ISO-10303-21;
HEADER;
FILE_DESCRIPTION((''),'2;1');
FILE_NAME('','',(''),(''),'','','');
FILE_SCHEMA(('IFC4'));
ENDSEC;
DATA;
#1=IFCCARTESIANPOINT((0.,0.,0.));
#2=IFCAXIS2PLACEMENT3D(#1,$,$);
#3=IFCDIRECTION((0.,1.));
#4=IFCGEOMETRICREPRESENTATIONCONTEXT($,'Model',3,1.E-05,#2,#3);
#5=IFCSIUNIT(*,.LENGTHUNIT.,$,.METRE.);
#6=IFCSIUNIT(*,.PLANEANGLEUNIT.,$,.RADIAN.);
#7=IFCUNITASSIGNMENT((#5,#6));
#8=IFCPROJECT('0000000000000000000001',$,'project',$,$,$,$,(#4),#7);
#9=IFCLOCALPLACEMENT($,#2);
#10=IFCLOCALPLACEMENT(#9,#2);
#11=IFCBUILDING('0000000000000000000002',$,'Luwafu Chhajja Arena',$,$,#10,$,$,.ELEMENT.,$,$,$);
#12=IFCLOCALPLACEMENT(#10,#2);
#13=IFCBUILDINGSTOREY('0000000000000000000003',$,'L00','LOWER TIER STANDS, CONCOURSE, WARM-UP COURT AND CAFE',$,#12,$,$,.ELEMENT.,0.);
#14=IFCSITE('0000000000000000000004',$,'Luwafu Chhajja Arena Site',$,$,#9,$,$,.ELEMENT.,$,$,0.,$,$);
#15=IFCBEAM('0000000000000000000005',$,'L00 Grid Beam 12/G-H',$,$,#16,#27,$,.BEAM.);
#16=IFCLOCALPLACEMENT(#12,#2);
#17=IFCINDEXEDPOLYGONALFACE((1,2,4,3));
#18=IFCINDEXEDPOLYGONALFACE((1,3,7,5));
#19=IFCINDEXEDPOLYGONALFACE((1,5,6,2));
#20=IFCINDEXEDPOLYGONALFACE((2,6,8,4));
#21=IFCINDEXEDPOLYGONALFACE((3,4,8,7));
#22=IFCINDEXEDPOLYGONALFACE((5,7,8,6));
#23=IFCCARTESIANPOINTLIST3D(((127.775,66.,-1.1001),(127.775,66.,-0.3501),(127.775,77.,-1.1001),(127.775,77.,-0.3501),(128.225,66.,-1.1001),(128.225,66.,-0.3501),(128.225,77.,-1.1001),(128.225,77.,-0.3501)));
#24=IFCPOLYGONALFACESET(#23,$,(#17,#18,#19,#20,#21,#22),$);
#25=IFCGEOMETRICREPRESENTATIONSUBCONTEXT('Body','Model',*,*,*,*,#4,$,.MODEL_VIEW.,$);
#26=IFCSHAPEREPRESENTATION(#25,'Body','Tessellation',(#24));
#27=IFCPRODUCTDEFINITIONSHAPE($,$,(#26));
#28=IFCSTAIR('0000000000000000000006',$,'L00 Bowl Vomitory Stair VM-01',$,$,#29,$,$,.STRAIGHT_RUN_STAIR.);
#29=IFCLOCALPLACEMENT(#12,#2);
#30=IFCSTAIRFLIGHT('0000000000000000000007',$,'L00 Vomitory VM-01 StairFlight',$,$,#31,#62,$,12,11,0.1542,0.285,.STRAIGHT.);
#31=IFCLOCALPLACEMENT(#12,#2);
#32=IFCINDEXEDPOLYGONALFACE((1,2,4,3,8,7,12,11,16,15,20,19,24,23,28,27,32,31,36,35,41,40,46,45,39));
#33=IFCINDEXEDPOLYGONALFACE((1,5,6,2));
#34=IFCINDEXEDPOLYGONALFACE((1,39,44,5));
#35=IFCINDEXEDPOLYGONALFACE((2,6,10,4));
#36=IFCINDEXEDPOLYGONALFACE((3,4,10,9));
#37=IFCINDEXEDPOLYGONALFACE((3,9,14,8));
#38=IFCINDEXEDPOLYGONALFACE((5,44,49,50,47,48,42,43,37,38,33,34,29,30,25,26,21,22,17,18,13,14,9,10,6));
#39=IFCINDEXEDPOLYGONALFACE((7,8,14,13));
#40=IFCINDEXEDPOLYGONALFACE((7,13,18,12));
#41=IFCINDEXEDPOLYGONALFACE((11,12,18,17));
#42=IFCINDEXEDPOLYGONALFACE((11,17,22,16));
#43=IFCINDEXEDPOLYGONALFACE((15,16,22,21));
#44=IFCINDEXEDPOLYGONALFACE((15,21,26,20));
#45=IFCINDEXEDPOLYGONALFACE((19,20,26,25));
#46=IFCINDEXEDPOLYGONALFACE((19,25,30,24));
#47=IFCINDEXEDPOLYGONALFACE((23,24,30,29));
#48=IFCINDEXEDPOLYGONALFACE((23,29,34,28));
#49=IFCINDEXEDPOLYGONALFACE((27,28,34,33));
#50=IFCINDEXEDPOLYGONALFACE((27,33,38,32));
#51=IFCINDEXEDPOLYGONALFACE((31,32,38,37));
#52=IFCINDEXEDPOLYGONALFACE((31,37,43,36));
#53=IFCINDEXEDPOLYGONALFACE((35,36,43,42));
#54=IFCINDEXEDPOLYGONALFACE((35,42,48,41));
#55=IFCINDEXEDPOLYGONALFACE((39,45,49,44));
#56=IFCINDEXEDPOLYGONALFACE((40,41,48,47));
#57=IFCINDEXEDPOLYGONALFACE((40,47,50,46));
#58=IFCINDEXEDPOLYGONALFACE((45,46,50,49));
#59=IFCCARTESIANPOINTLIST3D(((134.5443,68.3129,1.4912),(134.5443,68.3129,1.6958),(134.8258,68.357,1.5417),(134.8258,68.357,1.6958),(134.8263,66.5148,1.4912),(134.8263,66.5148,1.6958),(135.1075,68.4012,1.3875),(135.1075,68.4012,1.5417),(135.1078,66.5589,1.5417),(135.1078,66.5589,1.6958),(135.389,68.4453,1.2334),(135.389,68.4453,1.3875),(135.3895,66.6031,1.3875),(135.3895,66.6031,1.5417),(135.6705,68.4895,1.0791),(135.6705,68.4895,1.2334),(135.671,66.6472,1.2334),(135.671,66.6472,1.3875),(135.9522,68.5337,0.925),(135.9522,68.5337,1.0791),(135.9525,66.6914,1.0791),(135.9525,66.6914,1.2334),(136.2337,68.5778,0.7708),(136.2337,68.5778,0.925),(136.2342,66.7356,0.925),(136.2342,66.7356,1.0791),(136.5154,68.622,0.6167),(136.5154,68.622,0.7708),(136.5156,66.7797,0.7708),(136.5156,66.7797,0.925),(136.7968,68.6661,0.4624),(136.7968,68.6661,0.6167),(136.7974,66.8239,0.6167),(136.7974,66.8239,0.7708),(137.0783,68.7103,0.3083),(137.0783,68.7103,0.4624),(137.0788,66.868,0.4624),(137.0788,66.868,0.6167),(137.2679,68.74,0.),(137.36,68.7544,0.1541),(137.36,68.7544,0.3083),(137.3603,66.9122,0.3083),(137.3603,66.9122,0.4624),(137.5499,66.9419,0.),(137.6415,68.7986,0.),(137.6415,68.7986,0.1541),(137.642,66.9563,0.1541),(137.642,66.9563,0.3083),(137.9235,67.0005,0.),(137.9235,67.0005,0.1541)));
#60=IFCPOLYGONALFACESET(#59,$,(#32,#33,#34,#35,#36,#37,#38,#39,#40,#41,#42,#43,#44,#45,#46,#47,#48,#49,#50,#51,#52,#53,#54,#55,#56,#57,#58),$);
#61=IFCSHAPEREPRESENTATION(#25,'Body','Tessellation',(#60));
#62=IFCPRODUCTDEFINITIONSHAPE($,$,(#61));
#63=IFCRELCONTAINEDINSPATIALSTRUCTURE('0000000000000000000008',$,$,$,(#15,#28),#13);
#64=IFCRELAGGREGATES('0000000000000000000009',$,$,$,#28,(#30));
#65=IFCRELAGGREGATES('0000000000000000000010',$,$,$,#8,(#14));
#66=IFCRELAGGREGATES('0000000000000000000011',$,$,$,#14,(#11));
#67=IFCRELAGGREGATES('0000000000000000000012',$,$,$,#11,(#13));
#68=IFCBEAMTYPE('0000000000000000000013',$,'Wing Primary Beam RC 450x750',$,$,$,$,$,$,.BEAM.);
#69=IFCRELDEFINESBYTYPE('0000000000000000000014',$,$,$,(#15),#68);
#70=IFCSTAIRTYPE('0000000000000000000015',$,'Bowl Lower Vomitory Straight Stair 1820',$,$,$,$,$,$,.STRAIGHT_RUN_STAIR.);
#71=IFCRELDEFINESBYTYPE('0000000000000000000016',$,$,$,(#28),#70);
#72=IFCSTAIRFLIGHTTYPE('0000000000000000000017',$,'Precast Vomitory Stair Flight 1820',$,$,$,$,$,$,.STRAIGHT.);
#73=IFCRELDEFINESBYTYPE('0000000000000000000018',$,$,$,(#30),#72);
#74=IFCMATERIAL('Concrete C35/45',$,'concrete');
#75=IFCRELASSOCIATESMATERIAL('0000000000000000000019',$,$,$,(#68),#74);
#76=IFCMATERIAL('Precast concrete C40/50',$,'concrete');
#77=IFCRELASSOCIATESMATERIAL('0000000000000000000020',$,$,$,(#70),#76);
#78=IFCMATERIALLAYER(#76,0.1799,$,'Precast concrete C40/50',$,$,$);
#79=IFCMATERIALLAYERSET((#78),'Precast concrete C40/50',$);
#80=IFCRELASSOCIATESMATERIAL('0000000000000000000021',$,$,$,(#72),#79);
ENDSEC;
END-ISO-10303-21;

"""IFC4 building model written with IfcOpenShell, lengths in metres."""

from ifc_helpers import new_model, si_unit, direction, frame, origin, origin_2d, place, context, subcontext, project, spatial, polyline, rectangle, outline, extrude, material, layer, layer_set, material_profile, profile_set, type_object, element, aggregate, save


model = new_model("IFC4")

# Units and contexts
model_context = context("Model", 3, precision=1e-05, world=origin(), true_north=direction((0.0, 1.0)))
body_context = subcontext(model_context, "Body", "Model", "MODEL_VIEW")
ifc_project = project(units=[si_unit("LENGTHUNIT", "METRE"), si_unit("PLANEANGLEUNIT", "RADIAN")], contexts=[model_context])

# Site, building, storey
site_placement = place(None, origin())
site = spatial("IfcSite", under=ifc_project, at=site_placement, Name="Luwafu Chhajja Arena Site", CompositionType="ELEMENT", RefElevation=0.0)
building_placement = place(site_placement, origin())
building = spatial("IfcBuilding", under=site, at=building_placement, Name="Luwafu Chhajja Arena", CompositionType="ELEMENT")
storey_placement = place(building_placement, origin())
storey = spatial("IfcBuildingStorey", under=building, at=storey_placement, Name="L00", Description="LOWER TIER STANDS, CONCOURSE, WARM-UP COURT AND CAFE", CompositionType="ELEMENT", Elevation=0.0)

# Shared definitions
ifc_material_1 = material(Name="Concrete C35/45", Category="concrete")

# Beam
ifc_material_2 = material(Name="Precast concrete C40/50", Category="concrete")
ifc_material_profile_1 = material_profile(ifc_material_1, rectangle(XDim=0.45, YDim=0.75, at=origin_2d()), Name="RC 450x750")
ifc_profile_set_1 = profile_set([ifc_material_profile_1], Name="Concrete C35/45")
beam_type_1 = type_object("IfcBeamType", Name="Wing Primary Beam RC 450x750", PredefinedType="BEAM", material=ifc_profile_set_1)
beam_1_placement = place(storey_placement, frame((128.0, 66.0, -0.7251), z_axis=(0.0, 1.0, 0.0), x_axis=(-1.0, 0.0, 0.0)))
element("IfcBeam", 1, at=beam_1_placement, inside=storey, type_object=beam_type_1, Name="L00 Grid Beam 12/G-H", PredefinedType="BEAM", context=body_context, shape_type="SweptSolid", body=[
    extrude(rectangle(XDim=0.45, YDim=0.75, at=origin_2d()), origin(), (0.0, 0.0, 1.0), 11.0),
])

# Stair, stair flight
stair_type = type_object("IfcStairType", Name="Bowl Lower Vomitory Straight Stair 1820", PredefinedType="STRAIGHT_RUN_STAIR", material=ifc_material_2)
stair_placement = place(storey_placement, origin())
stair = element("IfcStair", 2, at=stair_placement, inside=storey, type_object=stair_type, Name="L00 Bowl Vomitory Stair VM-01", PredefinedType="STRAIGHT_RUN_STAIR")
ifc_layer = layer(ifc_material_2, 0.1799, Name="Precast concrete C40/50")
ifc_layer_set = layer_set([ifc_layer], Name="Precast concrete C40/50")
stair_flight_type = type_object("IfcStairFlightType", Name="Precast Vomitory Stair Flight 1820", PredefinedType="STRAIGHT", material=ifc_layer_set)
stair_flight_placement = place(storey_placement, frame((137.7825, 67.8997, 0.0), z_axis=(0.0, 0.0, 1.0), x_axis=(-0.987925, -0.154933, 0.0)))
stair_flight = element("IfcStairFlight", 3, at=stair_flight_placement, type_object=stair_flight_type, Name="L00 Vomitory VM-01 StairFlight", NumberOfRisers=12, NumberOfTreads=11, PredefinedType="STRAIGHT", RiserHeight=0.1542, TreadLength=0.285, context=body_context, shape_type="SweptSolid", body=[
    extrude(outline(polyline([(0.0, 0.0), (0.0, 0.1541), (0.2849, 0.1541), (0.2849, 0.3083), (0.5701, 0.3083), (0.5701, 0.4624), (0.855, 0.4624), (0.855, 0.6167), (1.1399, 0.6167), (1.1399, 0.7708), (1.425, 0.7708), (1.425, 0.925), (1.71, 0.925), (1.71, 1.0791), (1.9951, 1.0791), (1.9951, 1.2334), (2.28, 1.2334), (2.28, 1.3875), (2.5649, 1.3875), (2.5649, 1.5417), (2.8501, 1.5417), (2.8501, 1.6958), (3.135, 1.6958), (3.135, 1.8501), (3.135, 1.4912), (0.3782, 0.0), (0.0, 0.0)])), frame((0.0, 0.9102, 0.0), z_axis=(0.0, -1.0, 0.0), x_axis=(1.0, 0.0, 0.0)), (0.0, 0.0, 1.0), 1.8201),
])
aggregate(stair, [stair_flight])

save(model, "model.ifc")
